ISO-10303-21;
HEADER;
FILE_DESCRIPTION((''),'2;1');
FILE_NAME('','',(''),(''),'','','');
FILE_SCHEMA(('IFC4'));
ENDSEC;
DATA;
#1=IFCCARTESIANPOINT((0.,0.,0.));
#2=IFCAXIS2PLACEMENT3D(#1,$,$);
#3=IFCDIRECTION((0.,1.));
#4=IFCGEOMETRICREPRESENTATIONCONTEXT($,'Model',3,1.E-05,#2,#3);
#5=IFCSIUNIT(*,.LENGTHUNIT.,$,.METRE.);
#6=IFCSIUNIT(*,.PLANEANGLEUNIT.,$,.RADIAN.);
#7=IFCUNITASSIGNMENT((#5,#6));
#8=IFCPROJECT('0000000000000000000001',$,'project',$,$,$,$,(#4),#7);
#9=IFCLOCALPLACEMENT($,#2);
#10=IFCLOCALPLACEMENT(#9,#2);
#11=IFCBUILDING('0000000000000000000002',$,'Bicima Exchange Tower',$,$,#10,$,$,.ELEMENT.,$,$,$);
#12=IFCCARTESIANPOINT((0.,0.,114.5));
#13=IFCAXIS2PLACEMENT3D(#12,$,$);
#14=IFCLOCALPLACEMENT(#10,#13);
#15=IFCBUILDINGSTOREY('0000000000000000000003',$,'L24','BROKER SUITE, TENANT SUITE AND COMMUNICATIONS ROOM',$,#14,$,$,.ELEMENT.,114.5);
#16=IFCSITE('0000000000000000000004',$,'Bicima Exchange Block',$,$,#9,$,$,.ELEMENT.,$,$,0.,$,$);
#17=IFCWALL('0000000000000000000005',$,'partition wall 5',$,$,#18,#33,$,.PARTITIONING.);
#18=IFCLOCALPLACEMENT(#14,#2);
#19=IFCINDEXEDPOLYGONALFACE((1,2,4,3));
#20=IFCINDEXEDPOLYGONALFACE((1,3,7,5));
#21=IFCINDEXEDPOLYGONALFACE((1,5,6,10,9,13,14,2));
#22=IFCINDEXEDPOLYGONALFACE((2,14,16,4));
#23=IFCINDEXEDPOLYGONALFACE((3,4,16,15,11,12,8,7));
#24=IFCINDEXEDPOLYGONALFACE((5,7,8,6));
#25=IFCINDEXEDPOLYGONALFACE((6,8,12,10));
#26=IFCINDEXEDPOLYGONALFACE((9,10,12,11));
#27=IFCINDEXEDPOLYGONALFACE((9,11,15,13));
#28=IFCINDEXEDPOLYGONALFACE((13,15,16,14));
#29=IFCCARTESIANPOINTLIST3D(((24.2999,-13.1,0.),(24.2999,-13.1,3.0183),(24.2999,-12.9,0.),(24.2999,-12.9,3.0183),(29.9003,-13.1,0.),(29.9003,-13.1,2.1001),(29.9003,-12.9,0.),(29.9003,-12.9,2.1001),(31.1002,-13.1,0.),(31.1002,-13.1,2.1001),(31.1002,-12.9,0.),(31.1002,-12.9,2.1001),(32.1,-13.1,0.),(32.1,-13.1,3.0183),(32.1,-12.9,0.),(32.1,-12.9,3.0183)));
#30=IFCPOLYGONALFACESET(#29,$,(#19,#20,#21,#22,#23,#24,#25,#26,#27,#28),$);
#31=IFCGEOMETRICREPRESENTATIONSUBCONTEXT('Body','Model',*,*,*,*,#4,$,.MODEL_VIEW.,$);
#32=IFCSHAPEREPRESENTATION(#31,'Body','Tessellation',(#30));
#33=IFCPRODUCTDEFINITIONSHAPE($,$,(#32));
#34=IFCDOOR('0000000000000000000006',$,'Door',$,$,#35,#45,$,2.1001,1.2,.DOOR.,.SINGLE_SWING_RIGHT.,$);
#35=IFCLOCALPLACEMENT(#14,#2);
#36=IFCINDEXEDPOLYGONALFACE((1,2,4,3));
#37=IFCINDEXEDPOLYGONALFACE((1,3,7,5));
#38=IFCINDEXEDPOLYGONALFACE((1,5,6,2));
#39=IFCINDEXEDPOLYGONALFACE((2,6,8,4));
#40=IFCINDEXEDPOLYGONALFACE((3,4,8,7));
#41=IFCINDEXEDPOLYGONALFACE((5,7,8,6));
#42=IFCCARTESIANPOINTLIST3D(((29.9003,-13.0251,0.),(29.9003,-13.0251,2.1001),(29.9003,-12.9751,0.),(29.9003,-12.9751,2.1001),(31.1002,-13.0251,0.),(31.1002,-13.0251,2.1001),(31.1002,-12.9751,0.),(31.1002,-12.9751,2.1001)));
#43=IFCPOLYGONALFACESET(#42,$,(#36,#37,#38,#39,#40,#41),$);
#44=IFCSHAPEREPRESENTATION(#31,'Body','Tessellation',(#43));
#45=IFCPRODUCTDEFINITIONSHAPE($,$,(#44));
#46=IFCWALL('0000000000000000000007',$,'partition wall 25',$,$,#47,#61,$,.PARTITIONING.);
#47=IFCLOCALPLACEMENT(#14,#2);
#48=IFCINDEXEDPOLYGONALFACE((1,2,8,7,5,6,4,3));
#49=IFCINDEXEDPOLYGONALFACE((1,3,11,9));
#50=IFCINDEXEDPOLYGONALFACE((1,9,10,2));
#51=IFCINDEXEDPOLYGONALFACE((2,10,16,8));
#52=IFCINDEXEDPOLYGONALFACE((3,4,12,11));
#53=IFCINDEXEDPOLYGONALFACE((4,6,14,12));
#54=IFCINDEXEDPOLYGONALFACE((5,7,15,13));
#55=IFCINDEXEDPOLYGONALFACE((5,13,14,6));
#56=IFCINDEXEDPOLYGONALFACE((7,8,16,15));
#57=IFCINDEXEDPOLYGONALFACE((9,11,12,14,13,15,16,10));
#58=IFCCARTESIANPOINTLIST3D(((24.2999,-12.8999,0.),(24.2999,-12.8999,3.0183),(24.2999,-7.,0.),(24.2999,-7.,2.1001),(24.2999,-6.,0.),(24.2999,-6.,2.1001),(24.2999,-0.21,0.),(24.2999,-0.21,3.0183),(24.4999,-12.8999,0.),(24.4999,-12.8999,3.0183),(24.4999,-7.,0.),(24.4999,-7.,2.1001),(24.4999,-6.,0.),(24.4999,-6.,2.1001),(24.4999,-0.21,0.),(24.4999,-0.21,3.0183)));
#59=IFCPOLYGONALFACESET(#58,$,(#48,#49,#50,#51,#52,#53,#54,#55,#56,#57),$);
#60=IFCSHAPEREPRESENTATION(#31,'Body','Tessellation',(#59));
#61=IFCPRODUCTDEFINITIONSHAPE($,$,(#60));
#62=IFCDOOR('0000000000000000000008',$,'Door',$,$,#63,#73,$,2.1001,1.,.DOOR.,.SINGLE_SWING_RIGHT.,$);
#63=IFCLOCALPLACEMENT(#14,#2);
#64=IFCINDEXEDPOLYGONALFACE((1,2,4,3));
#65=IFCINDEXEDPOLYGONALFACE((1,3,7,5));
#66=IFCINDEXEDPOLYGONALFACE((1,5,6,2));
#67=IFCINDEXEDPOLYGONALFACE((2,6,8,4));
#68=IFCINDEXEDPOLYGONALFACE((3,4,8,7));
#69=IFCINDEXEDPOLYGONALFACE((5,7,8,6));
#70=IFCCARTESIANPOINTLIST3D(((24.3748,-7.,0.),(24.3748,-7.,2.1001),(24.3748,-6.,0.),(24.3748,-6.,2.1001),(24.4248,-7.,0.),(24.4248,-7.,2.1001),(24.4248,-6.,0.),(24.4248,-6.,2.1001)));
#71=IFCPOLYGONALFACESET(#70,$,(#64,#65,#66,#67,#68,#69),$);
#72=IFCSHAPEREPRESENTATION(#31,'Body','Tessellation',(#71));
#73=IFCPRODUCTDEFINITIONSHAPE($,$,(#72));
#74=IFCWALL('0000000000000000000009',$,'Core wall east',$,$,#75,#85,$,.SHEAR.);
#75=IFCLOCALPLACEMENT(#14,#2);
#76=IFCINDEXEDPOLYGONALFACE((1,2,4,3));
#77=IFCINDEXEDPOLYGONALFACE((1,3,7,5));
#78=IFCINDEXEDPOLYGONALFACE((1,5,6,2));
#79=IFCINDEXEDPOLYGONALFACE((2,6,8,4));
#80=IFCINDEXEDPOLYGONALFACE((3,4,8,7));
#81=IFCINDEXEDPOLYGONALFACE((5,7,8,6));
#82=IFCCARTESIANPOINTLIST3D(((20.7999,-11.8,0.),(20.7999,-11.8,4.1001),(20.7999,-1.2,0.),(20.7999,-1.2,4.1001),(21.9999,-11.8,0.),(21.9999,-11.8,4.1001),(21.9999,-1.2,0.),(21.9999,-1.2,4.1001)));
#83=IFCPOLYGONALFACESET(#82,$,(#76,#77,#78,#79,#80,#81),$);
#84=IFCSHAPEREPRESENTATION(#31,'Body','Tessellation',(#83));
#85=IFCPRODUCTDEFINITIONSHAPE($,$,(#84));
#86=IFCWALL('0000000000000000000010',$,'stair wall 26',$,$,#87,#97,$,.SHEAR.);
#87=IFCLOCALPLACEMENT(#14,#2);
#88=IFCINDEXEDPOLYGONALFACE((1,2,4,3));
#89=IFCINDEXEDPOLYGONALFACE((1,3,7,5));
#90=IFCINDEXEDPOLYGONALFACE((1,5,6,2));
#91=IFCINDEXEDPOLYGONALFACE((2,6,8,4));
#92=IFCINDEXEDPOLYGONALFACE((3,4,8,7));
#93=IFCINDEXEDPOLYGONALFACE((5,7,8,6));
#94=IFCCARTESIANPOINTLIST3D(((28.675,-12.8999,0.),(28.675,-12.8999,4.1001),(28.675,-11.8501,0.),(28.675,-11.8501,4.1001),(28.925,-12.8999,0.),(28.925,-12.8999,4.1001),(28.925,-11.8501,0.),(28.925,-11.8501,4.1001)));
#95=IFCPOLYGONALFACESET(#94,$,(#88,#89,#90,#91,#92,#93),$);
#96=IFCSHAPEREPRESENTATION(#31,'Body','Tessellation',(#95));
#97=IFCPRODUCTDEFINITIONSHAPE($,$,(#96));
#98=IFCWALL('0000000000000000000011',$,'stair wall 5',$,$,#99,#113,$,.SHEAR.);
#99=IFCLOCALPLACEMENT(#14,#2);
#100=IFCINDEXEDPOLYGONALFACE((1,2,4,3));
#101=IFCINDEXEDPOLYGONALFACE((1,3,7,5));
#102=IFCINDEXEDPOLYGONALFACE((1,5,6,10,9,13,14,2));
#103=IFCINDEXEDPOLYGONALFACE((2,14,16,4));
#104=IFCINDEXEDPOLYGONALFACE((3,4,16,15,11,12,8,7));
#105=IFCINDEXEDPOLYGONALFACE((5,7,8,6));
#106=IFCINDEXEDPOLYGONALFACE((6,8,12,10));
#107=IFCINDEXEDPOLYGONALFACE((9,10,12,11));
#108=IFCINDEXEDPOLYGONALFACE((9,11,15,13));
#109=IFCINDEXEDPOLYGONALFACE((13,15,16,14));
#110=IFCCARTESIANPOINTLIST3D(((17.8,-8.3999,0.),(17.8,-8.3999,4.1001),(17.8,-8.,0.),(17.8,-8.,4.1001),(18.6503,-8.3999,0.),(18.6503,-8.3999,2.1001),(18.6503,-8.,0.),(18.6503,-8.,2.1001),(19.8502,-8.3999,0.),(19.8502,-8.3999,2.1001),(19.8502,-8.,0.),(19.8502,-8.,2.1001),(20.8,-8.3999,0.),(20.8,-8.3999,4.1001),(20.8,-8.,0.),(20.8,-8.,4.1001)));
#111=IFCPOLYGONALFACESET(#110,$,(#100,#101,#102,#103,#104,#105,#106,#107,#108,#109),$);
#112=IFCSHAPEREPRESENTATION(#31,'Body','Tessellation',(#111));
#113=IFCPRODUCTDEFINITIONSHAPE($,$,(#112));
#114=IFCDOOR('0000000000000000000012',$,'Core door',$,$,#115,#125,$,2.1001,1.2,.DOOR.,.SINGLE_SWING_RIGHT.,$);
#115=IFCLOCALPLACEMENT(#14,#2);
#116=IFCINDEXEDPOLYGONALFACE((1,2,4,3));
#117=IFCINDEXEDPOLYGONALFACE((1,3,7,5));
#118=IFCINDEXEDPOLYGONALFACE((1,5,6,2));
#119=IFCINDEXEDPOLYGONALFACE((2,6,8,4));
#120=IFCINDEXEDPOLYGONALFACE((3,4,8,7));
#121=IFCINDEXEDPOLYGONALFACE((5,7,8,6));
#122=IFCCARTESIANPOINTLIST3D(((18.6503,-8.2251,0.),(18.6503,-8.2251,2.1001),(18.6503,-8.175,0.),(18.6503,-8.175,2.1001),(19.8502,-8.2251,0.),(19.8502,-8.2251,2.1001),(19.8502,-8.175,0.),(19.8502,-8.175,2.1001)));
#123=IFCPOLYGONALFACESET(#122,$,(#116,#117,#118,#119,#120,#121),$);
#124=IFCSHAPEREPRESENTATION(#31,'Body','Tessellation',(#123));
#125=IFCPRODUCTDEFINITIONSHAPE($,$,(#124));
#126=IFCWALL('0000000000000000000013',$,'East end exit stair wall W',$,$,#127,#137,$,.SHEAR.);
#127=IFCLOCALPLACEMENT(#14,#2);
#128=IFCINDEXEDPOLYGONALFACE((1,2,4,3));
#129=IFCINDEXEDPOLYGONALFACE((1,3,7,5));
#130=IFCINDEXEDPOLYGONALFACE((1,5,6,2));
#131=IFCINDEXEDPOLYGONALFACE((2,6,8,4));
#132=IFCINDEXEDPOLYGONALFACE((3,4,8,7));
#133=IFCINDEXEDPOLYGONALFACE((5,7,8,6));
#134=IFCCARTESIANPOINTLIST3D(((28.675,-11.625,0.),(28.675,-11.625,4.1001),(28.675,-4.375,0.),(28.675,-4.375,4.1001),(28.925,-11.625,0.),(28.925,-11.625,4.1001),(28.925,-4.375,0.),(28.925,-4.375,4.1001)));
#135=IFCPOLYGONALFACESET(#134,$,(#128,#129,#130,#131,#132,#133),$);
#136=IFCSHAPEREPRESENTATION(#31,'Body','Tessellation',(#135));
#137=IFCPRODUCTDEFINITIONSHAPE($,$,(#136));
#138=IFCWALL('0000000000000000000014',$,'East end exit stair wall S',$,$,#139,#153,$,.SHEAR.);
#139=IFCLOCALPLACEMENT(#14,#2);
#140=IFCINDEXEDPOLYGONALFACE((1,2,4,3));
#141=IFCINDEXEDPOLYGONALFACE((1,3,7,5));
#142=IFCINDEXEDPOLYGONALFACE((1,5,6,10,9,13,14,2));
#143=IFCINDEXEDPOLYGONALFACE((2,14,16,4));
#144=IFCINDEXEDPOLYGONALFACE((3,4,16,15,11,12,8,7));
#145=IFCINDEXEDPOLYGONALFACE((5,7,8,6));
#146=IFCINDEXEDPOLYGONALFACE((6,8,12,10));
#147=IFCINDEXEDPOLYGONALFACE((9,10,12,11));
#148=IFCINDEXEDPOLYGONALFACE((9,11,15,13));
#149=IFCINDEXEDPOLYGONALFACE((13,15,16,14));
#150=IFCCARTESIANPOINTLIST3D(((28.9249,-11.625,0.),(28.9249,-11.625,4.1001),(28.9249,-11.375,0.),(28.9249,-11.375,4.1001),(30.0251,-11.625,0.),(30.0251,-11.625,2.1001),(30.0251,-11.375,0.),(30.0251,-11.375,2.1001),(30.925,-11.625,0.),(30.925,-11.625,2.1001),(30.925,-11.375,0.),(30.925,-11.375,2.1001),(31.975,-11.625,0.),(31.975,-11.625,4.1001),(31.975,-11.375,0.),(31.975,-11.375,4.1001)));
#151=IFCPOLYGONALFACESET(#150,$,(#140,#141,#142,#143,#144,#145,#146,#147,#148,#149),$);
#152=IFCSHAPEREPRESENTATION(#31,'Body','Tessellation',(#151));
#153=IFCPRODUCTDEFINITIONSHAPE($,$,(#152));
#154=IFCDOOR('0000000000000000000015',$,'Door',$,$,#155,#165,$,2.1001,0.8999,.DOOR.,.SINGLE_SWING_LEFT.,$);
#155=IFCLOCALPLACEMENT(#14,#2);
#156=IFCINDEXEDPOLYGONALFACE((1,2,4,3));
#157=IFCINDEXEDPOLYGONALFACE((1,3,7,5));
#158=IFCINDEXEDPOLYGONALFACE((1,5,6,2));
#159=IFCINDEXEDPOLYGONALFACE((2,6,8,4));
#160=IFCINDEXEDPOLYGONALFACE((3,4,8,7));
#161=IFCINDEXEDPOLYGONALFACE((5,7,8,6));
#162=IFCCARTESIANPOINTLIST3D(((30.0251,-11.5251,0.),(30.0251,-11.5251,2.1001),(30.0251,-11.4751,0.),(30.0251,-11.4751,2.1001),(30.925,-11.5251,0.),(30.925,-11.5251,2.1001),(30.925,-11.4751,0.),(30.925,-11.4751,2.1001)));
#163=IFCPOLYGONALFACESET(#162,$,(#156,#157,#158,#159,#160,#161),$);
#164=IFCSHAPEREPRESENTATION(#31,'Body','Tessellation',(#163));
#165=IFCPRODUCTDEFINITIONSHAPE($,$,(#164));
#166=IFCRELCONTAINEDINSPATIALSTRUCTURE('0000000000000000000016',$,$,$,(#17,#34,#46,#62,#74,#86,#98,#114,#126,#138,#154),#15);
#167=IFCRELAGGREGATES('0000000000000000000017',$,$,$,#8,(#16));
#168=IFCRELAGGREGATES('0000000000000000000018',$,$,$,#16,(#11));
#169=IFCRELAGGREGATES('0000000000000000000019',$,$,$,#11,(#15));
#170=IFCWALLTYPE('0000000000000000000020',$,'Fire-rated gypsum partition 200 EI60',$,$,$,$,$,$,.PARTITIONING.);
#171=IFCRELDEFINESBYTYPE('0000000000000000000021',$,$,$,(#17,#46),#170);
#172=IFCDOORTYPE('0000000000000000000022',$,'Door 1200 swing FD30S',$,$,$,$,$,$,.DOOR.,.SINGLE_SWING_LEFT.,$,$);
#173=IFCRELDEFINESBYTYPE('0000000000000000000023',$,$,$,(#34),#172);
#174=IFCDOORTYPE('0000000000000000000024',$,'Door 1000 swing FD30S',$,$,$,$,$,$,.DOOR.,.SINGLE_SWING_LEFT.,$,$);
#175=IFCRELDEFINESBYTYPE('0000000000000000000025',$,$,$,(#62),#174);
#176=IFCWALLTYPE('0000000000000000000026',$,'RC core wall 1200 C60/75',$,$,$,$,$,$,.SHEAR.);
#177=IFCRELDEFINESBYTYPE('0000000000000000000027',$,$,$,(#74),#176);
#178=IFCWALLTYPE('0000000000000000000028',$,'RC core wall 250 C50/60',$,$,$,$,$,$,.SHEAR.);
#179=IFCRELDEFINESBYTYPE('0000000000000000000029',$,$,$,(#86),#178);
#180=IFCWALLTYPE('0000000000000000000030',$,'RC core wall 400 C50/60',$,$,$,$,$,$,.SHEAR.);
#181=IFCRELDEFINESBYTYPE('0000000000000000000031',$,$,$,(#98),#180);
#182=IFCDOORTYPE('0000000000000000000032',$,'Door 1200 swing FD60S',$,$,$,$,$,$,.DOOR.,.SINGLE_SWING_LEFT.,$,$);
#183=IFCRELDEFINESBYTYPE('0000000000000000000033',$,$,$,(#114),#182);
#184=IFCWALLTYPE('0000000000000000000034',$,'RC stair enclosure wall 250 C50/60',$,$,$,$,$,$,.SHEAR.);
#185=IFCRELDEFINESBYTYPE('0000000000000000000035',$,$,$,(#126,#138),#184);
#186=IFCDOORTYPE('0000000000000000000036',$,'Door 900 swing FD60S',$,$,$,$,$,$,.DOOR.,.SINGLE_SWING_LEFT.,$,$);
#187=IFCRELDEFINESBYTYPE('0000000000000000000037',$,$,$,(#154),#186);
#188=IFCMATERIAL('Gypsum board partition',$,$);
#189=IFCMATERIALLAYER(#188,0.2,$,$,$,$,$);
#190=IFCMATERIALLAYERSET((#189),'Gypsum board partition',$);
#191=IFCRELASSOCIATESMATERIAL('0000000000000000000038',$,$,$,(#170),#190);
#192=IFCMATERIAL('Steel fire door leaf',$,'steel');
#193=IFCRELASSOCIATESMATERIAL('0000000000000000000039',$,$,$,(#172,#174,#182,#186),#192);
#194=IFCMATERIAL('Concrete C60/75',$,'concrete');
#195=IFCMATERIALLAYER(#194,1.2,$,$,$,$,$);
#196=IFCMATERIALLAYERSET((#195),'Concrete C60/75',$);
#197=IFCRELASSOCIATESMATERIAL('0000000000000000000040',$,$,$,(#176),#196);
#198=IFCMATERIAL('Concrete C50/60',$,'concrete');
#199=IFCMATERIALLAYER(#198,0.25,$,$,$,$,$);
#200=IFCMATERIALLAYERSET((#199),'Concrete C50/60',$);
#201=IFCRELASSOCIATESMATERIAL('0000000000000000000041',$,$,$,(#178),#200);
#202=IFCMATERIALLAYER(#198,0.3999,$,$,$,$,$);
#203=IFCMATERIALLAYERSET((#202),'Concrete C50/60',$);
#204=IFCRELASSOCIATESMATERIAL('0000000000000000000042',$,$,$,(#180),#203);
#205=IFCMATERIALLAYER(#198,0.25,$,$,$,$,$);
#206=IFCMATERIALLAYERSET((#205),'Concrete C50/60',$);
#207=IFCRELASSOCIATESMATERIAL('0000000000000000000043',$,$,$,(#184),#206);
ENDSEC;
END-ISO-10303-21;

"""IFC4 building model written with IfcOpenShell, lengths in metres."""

from ifc_helpers import new_model, si_unit, direction, frame, frame_2d, origin, place, context, subcontext, project, spatial, rectangle, extrude, material, layer, layer_set, type_object, element, fill, save


model = new_model("IFC4")

# Units and contexts
model_context = context("Model", 3, precision=1e-05, world=origin(), true_north=direction((0.0, 1.0)))
body_context = subcontext(model_context, "Body", "Model", "MODEL_VIEW")
ifc_project = project(units=[si_unit("LENGTHUNIT", "METRE"), si_unit("PLANEANGLEUNIT", "RADIAN")], contexts=[model_context])

# Site, building, storey
site_placement = place(None, origin())
site = spatial("IfcSite", under=ifc_project, at=site_placement, Name="Bicima Exchange Block", CompositionType="ELEMENT", RefElevation=0.0)
building_placement = place(site_placement, origin())
building = spatial("IfcBuilding", under=site, at=building_placement, Name="Bicima Exchange Tower", CompositionType="ELEMENT")
storey_placement = place(building_placement, frame((0.0, 0.0, 114.5)))
storey = spatial("IfcBuildingStorey", under=building, at=storey_placement, Name="L24", Description="BROKER SUITE, TENANT SUITE AND COMMUNICATIONS ROOM", CompositionType="ELEMENT", Elevation=114.5)

# Walls, openings, doors
ifc_material_1 = material(Name="Gypsum board partition")
ifc_layer_1 = layer(ifc_material_1, 0.2)
ifc_layer_set_1 = layer_set([ifc_layer_1], Name="Gypsum board partition")
wall_type_1 = type_object("IfcWallType", Name="Fire-rated gypsum partition 200 EI60", PredefinedType="PARTITIONING", material=ifc_layer_set_1)
wall_1_placement = place(storey_placement, frame((24.3, -13.0, 0.0), z_axis=(0.0, 0.0, 1.0), x_axis=(1.0, 0.0, 0.0)))
wall_1 = element("IfcWall", 1, at=wall_1_placement, inside=storey, type_object=wall_type_1, Name="partition wall 5", PredefinedType="PARTITIONING", context=body_context, shape_type="SweptSolid", body=[
    extrude(rectangle(XDim=7.8, YDim=0.2, at=frame_2d((3.8999, 0.0))), origin(), (0.0, 0.0, 1.0), 3.0183),
])
opening_1_placement = place(wall_1_placement, frame((5.6001, 0.0, 0.0)))
opening_1 = element("IfcOpeningElement", 2, at=opening_1_placement, cuts=wall_1, PredefinedType="OPENING", context=body_context, shape_type="SweptSolid", body=[
    extrude(rectangle(XDim=1.2, YDim=2.1001, at=frame_2d((0.6001, 1.05))), frame((0.0, 0.1118, 0.0), z_axis=(0.0, -1.0, 0.0), x_axis=(1.0, 0.0, 0.0)), (0.0, 0.0, 1.0), 0.2239),
])
ifc_material_2 = material(Name="Steel fire door leaf", Category="steel")
door_type_1 = type_object("IfcDoorType", Name="Door 1200 swing FD30S", OperationType="SINGLE_SWING_LEFT", PredefinedType="DOOR", material=ifc_material_2)
door_1_placement = place(opening_1_placement, origin())
door_1 = element("IfcDoor", 3, at=door_1_placement, inside=storey, type_object=door_type_1, Name="Door", OperationType="SINGLE_SWING_RIGHT", OverallHeight=2.1001, OverallWidth=1.2, PredefinedType="DOOR", context=body_context, shape_type="SweptSolid", body=[
    extrude(rectangle(XDim=1.2, YDim=2.1001, at=frame_2d((0.6001, 1.05))), frame((0.0, 0.0249, 0.0), z_axis=(0.0, -1.0, 0.0), x_axis=(1.0, 0.0, 0.0)), (0.0, 0.0, 1.0), 0.05),
])
fill(opening_1, door_1)
wall_2_placement = place(storey_placement, frame((24.3999, -12.8999, 0.0), z_axis=(0.0, 0.0, 1.0), x_axis=(0.0, 1.0, 0.0)))
wall_2 = element("IfcWall", 4, at=wall_2_placement, inside=storey, type_object=wall_type_1, Name="partition wall 25", PredefinedType="PARTITIONING", context=body_context, shape_type="SweptSolid", body=[
    extrude(rectangle(XDim=12.6899, YDim=0.2, at=frame_2d((6.345, 0.0))), origin(), (0.0, 0.0, 1.0), 3.0183),
])
opening_2_placement = place(wall_2_placement, frame((5.8999, 0.0, 0.0)))
opening_2 = element("IfcOpeningElement", 5, at=opening_2_placement, cuts=wall_2, PredefinedType="OPENING", context=body_context, shape_type="SweptSolid", body=[
    extrude(rectangle(XDim=1.0, YDim=2.1001, at=frame_2d((0.5, 1.05))), frame((0.0, 0.1118, 0.0), z_axis=(0.0, -1.0, 0.0), x_axis=(1.0, 0.0, 0.0)), (0.0, 0.0, 1.0), 0.2239),
])
door_type_2 = type_object("IfcDoorType", Name="Door 1000 swing FD30S", OperationType="SINGLE_SWING_LEFT", PredefinedType="DOOR", material=ifc_material_2)
door_2_placement = place(opening_2_placement, frame((1.0, 0.0, 0.0), z_axis=(0.0, 0.0, 1.0), x_axis=(-1.0, 0.0, 0.0)))
door_2 = element("IfcDoor", 6, at=door_2_placement, inside=storey, type_object=door_type_2, Name="Door", OperationType="SINGLE_SWING_RIGHT", OverallHeight=2.1001, OverallWidth=1.0, PredefinedType="DOOR", context=body_context, shape_type="SweptSolid", body=[
    extrude(rectangle(XDim=1.0, YDim=2.1001, at=frame_2d((0.5, 1.05))), frame((0.0, 0.0249, 0.0), z_axis=(0.0, -1.0, 0.0), x_axis=(1.0, 0.0, 0.0)), (0.0, 0.0, 1.0), 0.05),
])
fill(opening_2, door_2)

# Walls
ifc_material_3 = material(Name="Concrete C60/75", Category="concrete")
ifc_layer_2 = layer(ifc_material_3, 1.2)
ifc_layer_set_2 = layer_set([ifc_layer_2], Name="Concrete C60/75")
wall_type_2 = type_object("IfcWallType", Name="RC core wall 1200 C60/75", PredefinedType="SHEAR", material=ifc_layer_set_2)
wall_3_placement = place(storey_placement, frame((21.3999, -11.8, 0.0), z_axis=(0.0, 0.0, 1.0), x_axis=(0.0, 1.0, 0.0)))
element("IfcWall", 7, at=wall_3_placement, inside=storey, type_object=wall_type_2, Name="Core wall east", PredefinedType="SHEAR", context=body_context, shape_type="SweptSolid", body=[
    extrude(rectangle(XDim=10.6001, YDim=1.2, at=frame_2d((5.3, 0.0))), origin(), (0.0, 0.0, 1.0), 4.1001),
])
ifc_material_4 = material(Name="Concrete C50/60", Category="concrete")
ifc_layer_3 = layer(ifc_material_4, 0.25)
ifc_layer_set_3 = layer_set([ifc_layer_3], Name="Concrete C50/60")
wall_type_3 = type_object("IfcWallType", Name="RC core wall 250 C50/60", PredefinedType="SHEAR", material=ifc_layer_set_3)
wall_4_placement = place(storey_placement, frame((28.8, -12.8999, 0.0), z_axis=(0.0, 0.0, 1.0), x_axis=(0.0, 1.0, 0.0)))
element("IfcWall", 8, at=wall_4_placement, inside=storey, type_object=wall_type_3, Name="stair wall 26", PredefinedType="SHEAR", context=body_context, shape_type="SweptSolid", body=[
    extrude(rectangle(XDim=1.0498, YDim=0.25, at=frame_2d((0.5249, 0.0))), origin(), (0.0, 0.0, 1.0), 4.1001),
])

# Wall, opening, door
ifc_layer_4 = layer(ifc_material_4, 0.3999)
ifc_layer_set_4 = layer_set([ifc_layer_4], Name="Concrete C50/60")
wall_type_4 = type_object("IfcWallType", Name="RC core wall 400 C50/60", PredefinedType="SHEAR", material=ifc_layer_set_4)
wall_5_placement = place(storey_placement, frame((17.8, -8.2, 0.0), z_axis=(0.0, 0.0, 1.0), x_axis=(1.0, 0.0, 0.0)))
wall_5 = element("IfcWall", 9, at=wall_5_placement, inside=storey, type_object=wall_type_4, Name="stair wall 5", PredefinedType="SHEAR", context=body_context, shape_type="SweptSolid", body=[
    extrude(rectangle(XDim=3.0, YDim=0.3999, at=frame_2d((1.5, 0.0))), origin(), (0.0, 0.0, 1.0), 4.1001),
])
opening_3_placement = place(wall_5_placement, frame((0.8501, 0.0, 0.0)))
opening_3 = element("IfcOpeningElement", 10, at=opening_3_placement, cuts=wall_5, PredefinedType="OPENING", context=body_context, shape_type="SweptSolid", body=[
    extrude(rectangle(XDim=1.2, YDim=2.1001, at=frame_2d((0.6001, 1.05))), frame((0.0, 0.2119, 0.0), z_axis=(0.0, -1.0, 0.0), x_axis=(1.0, 0.0, 0.0)), (0.0, 0.0, 1.0), 0.4238),
])
door_type_3 = type_object("IfcDoorType", Name="Door 1200 swing FD60S", OperationType="SINGLE_SWING_LEFT", PredefinedType="DOOR", material=ifc_material_2)
door_3_placement = place(opening_3_placement, origin())
door_3 = element("IfcDoor", 11, at=door_3_placement, inside=storey, type_object=door_type_3, Name="Core door", OperationType="SINGLE_SWING_RIGHT", OverallHeight=2.1001, OverallWidth=1.2, PredefinedType="DOOR", context=body_context, shape_type="SweptSolid", body=[
    extrude(rectangle(XDim=1.2, YDim=2.1001, at=frame_2d((0.6001, 1.05))), frame((0.0, 0.0249, 0.0), z_axis=(0.0, -1.0, 0.0), x_axis=(1.0, 0.0, 0.0)), (0.0, 0.0, 1.0), 0.05),
])
fill(opening_3, door_3)

# Wall
ifc_layer_5 = layer(ifc_material_4, 0.25)
ifc_layer_set_5 = layer_set([ifc_layer_5], Name="Concrete C50/60")
wall_type_5 = type_object("IfcWallType", Name="RC stair enclosure wall 250 C50/60", PredefinedType="SHEAR", material=ifc_layer_set_5)
wall_6_placement = place(storey_placement, frame((28.8, -11.625, 0.0), z_axis=(0.0, 0.0, 1.0), x_axis=(0.0, 1.0, 0.0)))
element("IfcWall", 12, at=wall_6_placement, inside=storey, type_object=wall_type_5, Name="East end exit stair wall W", PredefinedType="SHEAR", context=body_context, shape_type="SweptSolid", body=[
    extrude(rectangle(XDim=7.25, YDim=0.25, at=frame_2d((3.625, 0.0))), origin(), (0.0, 0.0, 1.0), 4.1001),
])

# Wall, opening, door
wall_7_placement = place(storey_placement, frame((28.925, -11.5, 0.0), z_axis=(0.0, 0.0, 1.0), x_axis=(1.0, 0.0, 0.0)))
wall_7 = element("IfcWall", 13, at=wall_7_placement, inside=storey, type_object=wall_type_5, Name="East end exit stair wall S", PredefinedType="SHEAR", context=body_context, shape_type="SweptSolid", body=[
    extrude(rectangle(XDim=3.05, YDim=0.25, at=frame_2d((1.5249, 0.0))), origin(), (0.0, 0.0, 1.0), 4.1001),
])
opening_4_placement = place(wall_7_placement, frame((1.1001, 0.0, 0.0)))
opening_4 = element("IfcOpeningElement", 14, at=opening_4_placement, cuts=wall_7, PredefinedType="OPENING", context=body_context, shape_type="SweptSolid", body=[
    extrude(rectangle(XDim=0.8999, YDim=2.1001, at=frame_2d((0.45, 1.05))), frame((0.0, 0.137, 0.0), z_axis=(0.0, -1.0, 0.0), x_axis=(1.0, 0.0, 0.0)), (0.0, 0.0, 1.0), 0.2739),
])
door_type_4 = type_object("IfcDoorType", Name="Door 900 swing FD60S", OperationType="SINGLE_SWING_LEFT", PredefinedType="DOOR", material=ifc_material_2)
door_4_placement = place(opening_4_placement, origin())
door_4 = element("IfcDoor", 15, at=door_4_placement, inside=storey, type_object=door_type_4, Name="Door", OperationType="SINGLE_SWING_LEFT", OverallHeight=2.1001, OverallWidth=0.8999, PredefinedType="DOOR", context=body_context, shape_type="SweptSolid", body=[
    extrude(rectangle(XDim=0.8999, YDim=2.1001, at=frame_2d((0.45, 1.05))), frame((0.0, 0.0249, 0.0), z_axis=(0.0, -1.0, 0.0), x_axis=(1.0, 0.0, 0.0)), (0.0, 0.0, 1.0), 0.05),
])
fill(opening_4, door_4)

save(model, "model.ifc")
